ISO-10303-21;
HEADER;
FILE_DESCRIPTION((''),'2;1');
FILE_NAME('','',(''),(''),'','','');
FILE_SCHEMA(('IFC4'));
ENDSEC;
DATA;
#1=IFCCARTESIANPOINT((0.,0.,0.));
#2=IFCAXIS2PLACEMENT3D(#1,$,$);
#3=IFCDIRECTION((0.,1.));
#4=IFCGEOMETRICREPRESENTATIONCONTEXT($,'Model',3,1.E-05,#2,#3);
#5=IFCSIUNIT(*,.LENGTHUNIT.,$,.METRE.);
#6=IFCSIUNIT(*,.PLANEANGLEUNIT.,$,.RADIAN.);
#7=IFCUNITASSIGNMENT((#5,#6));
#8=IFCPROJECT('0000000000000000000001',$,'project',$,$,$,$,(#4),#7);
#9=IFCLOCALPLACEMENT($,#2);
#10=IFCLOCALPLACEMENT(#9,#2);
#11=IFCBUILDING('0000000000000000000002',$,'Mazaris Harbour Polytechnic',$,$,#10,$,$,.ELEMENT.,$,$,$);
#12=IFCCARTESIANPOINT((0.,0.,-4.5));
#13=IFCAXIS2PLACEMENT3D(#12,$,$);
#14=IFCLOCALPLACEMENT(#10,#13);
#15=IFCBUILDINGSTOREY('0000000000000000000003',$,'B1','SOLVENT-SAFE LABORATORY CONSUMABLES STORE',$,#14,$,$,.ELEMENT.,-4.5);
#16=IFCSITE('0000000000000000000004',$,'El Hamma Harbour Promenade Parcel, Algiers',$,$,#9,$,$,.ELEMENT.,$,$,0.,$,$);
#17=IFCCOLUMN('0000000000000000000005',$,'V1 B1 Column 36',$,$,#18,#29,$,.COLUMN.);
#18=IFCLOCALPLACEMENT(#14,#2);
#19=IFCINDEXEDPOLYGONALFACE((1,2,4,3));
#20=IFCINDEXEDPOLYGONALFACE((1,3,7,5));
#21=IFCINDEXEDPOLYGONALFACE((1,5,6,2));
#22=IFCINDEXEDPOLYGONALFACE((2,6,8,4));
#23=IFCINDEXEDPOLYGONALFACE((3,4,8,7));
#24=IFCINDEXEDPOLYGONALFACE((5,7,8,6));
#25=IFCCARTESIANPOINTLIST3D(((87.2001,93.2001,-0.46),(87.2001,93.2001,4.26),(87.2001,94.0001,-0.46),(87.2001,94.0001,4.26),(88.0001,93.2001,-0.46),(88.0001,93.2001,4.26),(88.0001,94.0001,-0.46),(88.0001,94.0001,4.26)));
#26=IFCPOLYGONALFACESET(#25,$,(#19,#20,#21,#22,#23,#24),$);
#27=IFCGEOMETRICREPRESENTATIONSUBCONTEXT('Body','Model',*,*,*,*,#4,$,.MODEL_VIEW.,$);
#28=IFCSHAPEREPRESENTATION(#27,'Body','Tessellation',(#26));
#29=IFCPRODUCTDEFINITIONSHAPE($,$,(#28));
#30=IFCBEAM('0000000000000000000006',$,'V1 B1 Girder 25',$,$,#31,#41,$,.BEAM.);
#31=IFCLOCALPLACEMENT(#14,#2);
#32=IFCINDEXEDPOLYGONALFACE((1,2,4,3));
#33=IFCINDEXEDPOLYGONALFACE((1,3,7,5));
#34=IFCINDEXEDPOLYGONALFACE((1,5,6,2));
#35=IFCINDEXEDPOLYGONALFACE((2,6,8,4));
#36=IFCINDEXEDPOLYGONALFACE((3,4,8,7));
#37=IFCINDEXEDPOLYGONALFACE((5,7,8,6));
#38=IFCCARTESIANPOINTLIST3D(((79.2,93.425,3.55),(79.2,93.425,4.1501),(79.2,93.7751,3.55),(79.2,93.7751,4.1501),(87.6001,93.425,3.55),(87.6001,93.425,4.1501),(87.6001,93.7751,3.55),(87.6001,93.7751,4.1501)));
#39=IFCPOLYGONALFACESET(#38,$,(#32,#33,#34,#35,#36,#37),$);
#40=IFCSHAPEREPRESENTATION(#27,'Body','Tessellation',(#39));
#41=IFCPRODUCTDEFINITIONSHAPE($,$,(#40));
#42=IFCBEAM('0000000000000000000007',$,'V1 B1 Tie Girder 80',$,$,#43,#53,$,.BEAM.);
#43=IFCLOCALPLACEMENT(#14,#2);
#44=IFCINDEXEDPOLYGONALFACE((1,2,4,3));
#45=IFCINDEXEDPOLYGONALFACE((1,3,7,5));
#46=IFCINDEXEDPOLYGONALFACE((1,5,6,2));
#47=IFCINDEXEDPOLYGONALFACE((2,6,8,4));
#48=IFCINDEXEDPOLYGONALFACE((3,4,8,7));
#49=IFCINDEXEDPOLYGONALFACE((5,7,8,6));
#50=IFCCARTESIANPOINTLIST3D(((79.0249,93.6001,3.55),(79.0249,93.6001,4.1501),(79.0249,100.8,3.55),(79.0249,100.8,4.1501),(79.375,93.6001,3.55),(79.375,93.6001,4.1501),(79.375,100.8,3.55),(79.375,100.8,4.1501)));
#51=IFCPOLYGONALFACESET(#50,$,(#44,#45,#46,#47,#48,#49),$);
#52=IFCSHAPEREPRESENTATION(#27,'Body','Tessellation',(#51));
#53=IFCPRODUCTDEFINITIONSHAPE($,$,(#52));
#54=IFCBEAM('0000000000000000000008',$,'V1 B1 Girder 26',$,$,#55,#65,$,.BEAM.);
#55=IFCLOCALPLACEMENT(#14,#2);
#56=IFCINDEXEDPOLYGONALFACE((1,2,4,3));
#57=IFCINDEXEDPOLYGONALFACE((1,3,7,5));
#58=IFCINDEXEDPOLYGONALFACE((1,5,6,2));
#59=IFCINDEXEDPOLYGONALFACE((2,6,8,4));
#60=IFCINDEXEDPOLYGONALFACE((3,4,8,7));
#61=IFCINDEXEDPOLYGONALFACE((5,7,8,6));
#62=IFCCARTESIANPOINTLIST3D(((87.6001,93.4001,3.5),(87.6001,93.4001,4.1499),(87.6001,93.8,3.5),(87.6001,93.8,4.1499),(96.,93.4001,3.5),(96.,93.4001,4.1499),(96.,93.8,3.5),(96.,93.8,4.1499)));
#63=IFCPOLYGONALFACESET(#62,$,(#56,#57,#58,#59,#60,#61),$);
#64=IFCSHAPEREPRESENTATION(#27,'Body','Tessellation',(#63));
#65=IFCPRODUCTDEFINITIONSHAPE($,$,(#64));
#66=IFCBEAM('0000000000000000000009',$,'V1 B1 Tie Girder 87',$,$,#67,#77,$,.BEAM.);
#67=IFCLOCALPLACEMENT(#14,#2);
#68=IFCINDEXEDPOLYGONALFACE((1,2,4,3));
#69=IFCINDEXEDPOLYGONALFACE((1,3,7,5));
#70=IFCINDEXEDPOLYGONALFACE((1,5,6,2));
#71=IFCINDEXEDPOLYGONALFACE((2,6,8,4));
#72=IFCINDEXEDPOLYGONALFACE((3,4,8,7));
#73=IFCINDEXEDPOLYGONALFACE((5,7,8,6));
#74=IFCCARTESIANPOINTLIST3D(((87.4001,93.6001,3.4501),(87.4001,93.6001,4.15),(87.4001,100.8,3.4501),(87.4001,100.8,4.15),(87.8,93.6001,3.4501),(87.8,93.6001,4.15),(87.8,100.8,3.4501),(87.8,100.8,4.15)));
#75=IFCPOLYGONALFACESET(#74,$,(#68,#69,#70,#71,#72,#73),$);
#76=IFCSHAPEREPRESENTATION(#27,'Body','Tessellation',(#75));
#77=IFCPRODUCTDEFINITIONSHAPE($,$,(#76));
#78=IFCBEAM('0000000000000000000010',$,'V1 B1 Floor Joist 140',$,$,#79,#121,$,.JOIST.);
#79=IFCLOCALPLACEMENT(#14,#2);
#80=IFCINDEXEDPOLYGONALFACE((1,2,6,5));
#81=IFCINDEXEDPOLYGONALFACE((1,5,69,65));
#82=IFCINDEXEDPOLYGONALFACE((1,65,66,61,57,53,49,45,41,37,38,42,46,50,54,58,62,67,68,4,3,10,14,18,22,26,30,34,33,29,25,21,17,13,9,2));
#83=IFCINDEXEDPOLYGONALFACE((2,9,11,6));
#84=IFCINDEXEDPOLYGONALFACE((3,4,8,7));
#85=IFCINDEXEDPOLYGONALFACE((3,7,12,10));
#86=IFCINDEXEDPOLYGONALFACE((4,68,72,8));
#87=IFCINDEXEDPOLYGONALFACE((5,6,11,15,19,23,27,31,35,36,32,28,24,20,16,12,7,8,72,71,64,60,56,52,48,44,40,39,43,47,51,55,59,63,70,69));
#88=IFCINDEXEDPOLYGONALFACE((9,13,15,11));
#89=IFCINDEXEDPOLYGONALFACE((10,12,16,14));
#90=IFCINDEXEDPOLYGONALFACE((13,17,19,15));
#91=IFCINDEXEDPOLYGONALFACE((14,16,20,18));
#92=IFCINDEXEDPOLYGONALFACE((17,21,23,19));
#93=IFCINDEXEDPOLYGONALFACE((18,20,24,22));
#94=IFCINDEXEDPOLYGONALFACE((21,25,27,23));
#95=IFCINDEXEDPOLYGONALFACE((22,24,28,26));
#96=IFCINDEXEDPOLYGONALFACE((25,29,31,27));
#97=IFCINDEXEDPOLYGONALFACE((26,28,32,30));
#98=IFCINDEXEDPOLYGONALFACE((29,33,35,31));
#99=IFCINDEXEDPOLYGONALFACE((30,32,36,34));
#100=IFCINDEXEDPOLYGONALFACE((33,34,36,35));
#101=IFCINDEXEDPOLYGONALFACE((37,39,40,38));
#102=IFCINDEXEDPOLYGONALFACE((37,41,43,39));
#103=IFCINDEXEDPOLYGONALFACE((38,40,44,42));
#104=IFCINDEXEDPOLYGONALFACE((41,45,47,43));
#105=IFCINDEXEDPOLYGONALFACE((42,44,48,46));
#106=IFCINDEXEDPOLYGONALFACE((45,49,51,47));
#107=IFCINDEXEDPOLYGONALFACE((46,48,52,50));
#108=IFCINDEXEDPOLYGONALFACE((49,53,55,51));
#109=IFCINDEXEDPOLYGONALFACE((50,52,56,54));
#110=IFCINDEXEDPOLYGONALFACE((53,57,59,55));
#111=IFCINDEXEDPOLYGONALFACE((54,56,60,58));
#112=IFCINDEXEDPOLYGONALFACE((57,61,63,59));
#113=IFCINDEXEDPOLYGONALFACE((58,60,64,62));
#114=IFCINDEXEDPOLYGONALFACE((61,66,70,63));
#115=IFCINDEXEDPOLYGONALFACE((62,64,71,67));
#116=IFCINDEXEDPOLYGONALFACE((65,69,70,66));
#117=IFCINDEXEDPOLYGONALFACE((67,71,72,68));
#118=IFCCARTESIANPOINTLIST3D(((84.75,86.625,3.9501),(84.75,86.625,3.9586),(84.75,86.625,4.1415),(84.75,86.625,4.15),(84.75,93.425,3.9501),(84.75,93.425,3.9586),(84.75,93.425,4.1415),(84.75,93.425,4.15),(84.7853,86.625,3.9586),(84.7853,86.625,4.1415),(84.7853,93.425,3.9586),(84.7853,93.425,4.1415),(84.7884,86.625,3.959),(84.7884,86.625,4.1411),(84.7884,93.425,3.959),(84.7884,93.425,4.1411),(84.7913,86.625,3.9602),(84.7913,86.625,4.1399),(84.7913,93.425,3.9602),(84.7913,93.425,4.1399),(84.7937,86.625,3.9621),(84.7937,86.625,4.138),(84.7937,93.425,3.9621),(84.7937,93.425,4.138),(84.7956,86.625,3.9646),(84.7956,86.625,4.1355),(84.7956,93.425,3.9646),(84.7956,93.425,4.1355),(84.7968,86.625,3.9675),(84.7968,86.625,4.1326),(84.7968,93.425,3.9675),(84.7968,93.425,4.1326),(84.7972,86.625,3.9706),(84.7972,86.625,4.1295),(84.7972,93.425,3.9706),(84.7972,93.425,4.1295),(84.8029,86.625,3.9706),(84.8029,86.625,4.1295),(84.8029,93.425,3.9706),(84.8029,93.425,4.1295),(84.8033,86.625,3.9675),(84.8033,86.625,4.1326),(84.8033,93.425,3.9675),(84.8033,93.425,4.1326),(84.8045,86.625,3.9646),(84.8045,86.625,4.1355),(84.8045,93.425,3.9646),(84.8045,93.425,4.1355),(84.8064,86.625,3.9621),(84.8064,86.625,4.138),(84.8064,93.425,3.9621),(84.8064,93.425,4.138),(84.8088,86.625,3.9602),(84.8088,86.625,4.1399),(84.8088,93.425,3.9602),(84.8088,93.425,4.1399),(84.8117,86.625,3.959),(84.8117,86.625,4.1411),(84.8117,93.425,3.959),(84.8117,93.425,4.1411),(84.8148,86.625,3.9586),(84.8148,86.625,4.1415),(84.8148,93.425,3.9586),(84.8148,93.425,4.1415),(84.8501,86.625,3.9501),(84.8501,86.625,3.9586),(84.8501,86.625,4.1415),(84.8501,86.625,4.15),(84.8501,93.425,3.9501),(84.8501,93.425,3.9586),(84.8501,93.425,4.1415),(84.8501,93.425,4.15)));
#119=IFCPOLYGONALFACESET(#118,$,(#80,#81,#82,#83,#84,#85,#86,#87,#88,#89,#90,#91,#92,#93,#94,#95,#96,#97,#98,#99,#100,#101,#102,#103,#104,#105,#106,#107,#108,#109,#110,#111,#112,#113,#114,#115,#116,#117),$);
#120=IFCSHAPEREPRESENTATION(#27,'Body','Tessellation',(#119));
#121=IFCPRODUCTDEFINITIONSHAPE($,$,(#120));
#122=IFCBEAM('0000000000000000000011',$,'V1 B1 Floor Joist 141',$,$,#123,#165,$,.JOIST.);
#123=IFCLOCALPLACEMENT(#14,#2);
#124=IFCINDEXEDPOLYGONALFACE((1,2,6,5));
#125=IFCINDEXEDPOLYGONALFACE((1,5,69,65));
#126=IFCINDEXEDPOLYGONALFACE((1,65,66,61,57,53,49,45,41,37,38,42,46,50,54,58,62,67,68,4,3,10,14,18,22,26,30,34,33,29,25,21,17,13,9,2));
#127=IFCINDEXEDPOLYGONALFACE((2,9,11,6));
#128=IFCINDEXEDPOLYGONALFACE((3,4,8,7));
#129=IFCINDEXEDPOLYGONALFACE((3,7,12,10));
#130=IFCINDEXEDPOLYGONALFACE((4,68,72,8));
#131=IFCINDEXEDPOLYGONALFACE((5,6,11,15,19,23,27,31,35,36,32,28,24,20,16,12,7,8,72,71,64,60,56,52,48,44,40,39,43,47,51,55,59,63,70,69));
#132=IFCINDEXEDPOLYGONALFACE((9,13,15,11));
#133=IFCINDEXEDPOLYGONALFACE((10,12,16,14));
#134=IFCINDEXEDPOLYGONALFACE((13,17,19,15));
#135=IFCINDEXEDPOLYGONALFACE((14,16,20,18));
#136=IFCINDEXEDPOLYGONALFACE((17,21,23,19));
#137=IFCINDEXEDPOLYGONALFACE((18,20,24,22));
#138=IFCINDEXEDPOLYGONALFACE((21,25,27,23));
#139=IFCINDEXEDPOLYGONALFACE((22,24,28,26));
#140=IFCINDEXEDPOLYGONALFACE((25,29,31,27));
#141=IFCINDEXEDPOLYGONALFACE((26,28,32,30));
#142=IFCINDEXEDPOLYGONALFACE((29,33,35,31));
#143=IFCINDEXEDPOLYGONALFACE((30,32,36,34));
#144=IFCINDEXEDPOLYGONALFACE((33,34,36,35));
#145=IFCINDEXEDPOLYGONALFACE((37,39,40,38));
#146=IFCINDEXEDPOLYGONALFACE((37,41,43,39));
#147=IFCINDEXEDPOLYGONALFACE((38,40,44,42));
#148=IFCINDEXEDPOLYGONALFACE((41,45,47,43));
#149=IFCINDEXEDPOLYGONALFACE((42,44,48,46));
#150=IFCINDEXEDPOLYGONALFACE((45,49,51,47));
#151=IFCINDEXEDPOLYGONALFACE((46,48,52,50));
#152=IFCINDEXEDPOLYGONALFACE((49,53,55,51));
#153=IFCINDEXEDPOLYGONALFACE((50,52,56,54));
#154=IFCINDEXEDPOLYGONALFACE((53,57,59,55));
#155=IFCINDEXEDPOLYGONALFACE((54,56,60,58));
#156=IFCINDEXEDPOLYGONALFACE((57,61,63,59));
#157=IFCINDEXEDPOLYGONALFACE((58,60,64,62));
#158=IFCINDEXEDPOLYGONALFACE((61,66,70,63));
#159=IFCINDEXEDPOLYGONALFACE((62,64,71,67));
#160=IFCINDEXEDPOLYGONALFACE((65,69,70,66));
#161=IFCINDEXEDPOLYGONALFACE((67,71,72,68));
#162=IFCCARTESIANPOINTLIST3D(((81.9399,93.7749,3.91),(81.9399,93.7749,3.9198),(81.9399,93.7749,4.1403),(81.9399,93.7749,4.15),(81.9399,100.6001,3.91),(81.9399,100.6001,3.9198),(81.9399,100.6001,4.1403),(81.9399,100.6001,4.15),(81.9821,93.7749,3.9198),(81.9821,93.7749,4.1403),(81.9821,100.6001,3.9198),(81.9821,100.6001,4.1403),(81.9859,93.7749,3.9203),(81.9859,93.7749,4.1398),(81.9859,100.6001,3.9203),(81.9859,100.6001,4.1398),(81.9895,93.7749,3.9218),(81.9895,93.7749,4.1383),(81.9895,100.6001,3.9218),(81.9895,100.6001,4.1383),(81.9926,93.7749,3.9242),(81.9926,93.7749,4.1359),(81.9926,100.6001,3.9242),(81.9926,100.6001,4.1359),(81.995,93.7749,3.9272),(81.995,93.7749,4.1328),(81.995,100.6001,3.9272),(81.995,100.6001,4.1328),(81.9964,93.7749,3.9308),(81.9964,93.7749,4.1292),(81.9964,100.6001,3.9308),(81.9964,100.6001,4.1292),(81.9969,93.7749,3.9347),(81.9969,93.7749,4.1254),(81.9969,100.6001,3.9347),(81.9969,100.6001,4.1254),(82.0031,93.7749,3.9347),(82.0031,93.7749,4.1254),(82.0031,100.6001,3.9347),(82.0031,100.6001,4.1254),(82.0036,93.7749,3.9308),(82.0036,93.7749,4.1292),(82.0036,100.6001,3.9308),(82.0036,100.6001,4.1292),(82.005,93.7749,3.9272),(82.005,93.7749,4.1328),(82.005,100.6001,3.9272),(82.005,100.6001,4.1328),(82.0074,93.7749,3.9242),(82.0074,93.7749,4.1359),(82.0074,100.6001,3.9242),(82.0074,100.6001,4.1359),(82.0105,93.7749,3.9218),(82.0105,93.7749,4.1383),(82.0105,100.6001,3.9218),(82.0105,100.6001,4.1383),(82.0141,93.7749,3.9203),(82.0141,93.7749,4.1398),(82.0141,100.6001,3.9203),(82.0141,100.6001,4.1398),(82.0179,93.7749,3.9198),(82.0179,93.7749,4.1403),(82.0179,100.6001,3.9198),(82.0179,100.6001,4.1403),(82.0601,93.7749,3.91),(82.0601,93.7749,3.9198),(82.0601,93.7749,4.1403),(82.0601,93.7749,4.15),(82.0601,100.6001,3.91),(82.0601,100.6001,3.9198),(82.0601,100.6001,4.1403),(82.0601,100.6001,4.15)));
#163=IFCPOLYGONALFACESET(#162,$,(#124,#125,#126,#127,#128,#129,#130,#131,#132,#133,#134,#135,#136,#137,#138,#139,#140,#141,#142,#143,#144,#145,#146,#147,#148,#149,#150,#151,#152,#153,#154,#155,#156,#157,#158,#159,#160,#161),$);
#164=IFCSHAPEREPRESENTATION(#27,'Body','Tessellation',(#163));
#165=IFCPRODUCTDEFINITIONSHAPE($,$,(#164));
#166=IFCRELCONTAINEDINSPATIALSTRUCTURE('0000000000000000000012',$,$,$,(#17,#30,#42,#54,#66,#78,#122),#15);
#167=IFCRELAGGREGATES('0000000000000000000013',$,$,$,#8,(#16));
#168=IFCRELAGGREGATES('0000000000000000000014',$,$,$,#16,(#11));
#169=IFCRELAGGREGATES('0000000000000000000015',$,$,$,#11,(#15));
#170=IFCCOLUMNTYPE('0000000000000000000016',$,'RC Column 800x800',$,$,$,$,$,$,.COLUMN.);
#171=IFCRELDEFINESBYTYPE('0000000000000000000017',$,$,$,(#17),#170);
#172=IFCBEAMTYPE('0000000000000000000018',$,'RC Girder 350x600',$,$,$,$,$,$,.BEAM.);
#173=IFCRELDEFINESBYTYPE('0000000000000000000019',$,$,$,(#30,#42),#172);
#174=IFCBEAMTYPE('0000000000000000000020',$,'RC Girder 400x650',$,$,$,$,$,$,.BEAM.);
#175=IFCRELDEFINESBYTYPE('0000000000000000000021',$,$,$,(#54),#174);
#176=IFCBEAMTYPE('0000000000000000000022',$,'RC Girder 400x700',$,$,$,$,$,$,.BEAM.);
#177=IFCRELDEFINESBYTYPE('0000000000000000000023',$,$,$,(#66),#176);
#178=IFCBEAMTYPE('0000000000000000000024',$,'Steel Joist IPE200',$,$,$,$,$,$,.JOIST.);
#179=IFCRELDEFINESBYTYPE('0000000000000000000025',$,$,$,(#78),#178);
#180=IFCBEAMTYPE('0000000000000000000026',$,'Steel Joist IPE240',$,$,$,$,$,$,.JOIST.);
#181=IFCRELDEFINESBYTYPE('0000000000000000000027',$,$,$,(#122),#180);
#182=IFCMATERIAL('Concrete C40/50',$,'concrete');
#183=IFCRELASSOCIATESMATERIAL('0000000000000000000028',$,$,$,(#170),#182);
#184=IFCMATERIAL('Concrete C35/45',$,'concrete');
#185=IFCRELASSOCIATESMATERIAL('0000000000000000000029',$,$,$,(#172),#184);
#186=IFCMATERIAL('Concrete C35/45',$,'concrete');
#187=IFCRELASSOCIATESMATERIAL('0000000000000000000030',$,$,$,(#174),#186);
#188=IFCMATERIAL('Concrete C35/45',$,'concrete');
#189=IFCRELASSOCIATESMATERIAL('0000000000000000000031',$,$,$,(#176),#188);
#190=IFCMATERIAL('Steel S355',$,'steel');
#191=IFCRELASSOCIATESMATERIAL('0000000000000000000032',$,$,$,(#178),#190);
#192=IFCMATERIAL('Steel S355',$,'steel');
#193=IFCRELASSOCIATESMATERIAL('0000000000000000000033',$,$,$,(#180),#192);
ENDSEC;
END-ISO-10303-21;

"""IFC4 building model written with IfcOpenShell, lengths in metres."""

from ifc_helpers import new_model, si_unit, direction, frame, origin, origin_2d, place, context, subcontext, project, spatial, rectangle, i_section, extrude, material, material_profile, profile_set, type_object, element, save


model = new_model("IFC4")

# Units and contexts
model_context = context("Model", 3, precision=1e-05, world=origin(), true_north=direction((0.0, 1.0)))
body_context = subcontext(model_context, "Body", "Model", "MODEL_VIEW")
ifc_project = project(units=[si_unit("LENGTHUNIT", "METRE"), si_unit("PLANEANGLEUNIT", "RADIAN")], contexts=[model_context])

# Site, building, storey
site_placement = place(None, origin())
site = spatial("IfcSite", under=ifc_project, at=site_placement, Name="El Hamma Harbour Promenade Parcel, Algiers", CompositionType="ELEMENT", RefElevation=0.0)
building_placement = place(site_placement, origin())
building = spatial("IfcBuilding", under=site, at=building_placement, Name="Mazaris Harbour Polytechnic", CompositionType="ELEMENT")
storey_placement = place(building_placement, frame((0.0, 0.0, -4.5)))
storey = spatial("IfcBuildingStorey", under=building, at=storey_placement, Name="B1", Description="SOLVENT-SAFE LABORATORY CONSUMABLES STORE", CompositionType="ELEMENT", Elevation=-4.5)

# Column
ifc_material_1 = material(Name="Concrete C40/50", Category="concrete")
ifc_material_profile_1 = material_profile(ifc_material_1, rectangle(XDim=0.8, YDim=0.8, at=origin_2d()), Name="RECT800x800")
ifc_profile_set_1 = profile_set([ifc_material_profile_1], Name="Concrete C40/50")
column_type_1 = type_object("IfcColumnType", Name="RC Column 800x800", PredefinedType="COLUMN", material=ifc_profile_set_1)
column_1_placement = place(storey_placement, frame((87.6001, 93.6001, -0.46), z_axis=(0.0, 0.0, 1.0), x_axis=(1.0, 0.0, 0.0)))
element("IfcColumn", 1, at=column_1_placement, inside=storey, type_object=column_type_1, Name="V1 B1 Column 36", PredefinedType="COLUMN", context=body_context, shape_type="SweptSolid", body=[
    extrude(rectangle(XDim=0.8, YDim=0.8, at=origin_2d()), origin(), (0.0, 0.0, 1.0), 4.72),
])

# Beams
ifc_material_2 = material(Name="Concrete C35/45", Category="concrete")
ifc_material_profile_2 = material_profile(ifc_material_2, rectangle(XDim=0.3501, YDim=0.6001, at=origin_2d()), Name="RECT350x600")
ifc_profile_set_2 = profile_set([ifc_material_profile_2], Name="Concrete C35/45")
beam_type_1 = type_object("IfcBeamType", Name="RC Girder 350x600", PredefinedType="BEAM", material=ifc_profile_set_2)
beam_1_placement = place(storey_placement, frame((79.2, 93.6001, 3.8501), z_axis=(1.0, 0.0, 0.0), x_axis=(0.0, 1.0, 0.0)))
element("IfcBeam", 2, at=beam_1_placement, inside=storey, type_object=beam_type_1, Name="V1 B1 Girder 25", PredefinedType="BEAM", context=body_context, shape_type="SweptSolid", body=[
    extrude(rectangle(XDim=0.3501, YDim=0.6001, at=origin_2d()), origin(), (0.0, 0.0, 1.0), 8.4001),
])
beam_2_placement = place(storey_placement, frame((79.2, 93.6001, 3.8501), z_axis=(0.0, 1.0, 0.0), x_axis=(-1.0, 0.0, 0.0)))
element("IfcBeam", 3, at=beam_2_placement, inside=storey, type_object=beam_type_1, Name="V1 B1 Tie Girder 80", PredefinedType="BEAM", context=body_context, shape_type="SweptSolid", body=[
    extrude(rectangle(XDim=0.3501, YDim=0.6001, at=origin_2d()), origin(), (0.0, 0.0, 1.0), 7.2),
])
ifc_material_3 = material(Name="Concrete C35/45", Category="concrete")
ifc_material_profile_3 = material_profile(ifc_material_3, rectangle(XDim=0.3999, YDim=0.6499, at=origin_2d()), Name="RECT400x650")
ifc_profile_set_3 = profile_set([ifc_material_profile_3], Name="Concrete C35/45")
beam_type_2 = type_object("IfcBeamType", Name="RC Girder 400x650", PredefinedType="BEAM", material=ifc_profile_set_3)
beam_3_placement = place(storey_placement, frame((87.6001, 93.6001, 3.825), z_axis=(1.0, 0.0, 0.0), x_axis=(0.0, 1.0, 0.0)))
element("IfcBeam", 4, at=beam_3_placement, inside=storey, type_object=beam_type_2, Name="V1 B1 Girder 26", PredefinedType="BEAM", context=body_context, shape_type="SweptSolid", body=[
    extrude(rectangle(XDim=0.3999, YDim=0.6499, at=origin_2d()), origin(), (0.0, 0.0, 1.0), 8.3999),
])
ifc_material_4 = material(Name="Concrete C35/45", Category="concrete")
ifc_material_profile_4 = material_profile(ifc_material_4, rectangle(XDim=0.3999, YDim=0.7, at=origin_2d()), Name="RECT400x700")
ifc_profile_set_4 = profile_set([ifc_material_profile_4], Name="Concrete C35/45")
beam_type_3 = type_object("IfcBeamType", Name="RC Girder 400x700", PredefinedType="BEAM", material=ifc_profile_set_4)
beam_4_placement = place(storey_placement, frame((87.6001, 93.6001, 3.8), z_axis=(0.0, 1.0, 0.0), x_axis=(-1.0, 0.0, 0.0)))
element("IfcBeam", 5, at=beam_4_placement, inside=storey, type_object=beam_type_3, Name="V1 B1 Tie Girder 87", PredefinedType="BEAM", context=body_context, shape_type="SweptSolid", body=[
    extrude(rectangle(XDim=0.3999, YDim=0.7, at=origin_2d()), origin(), (0.0, 0.0, 1.0), 7.2),
])
ifc_material_5 = material(Name="Steel S355", Category="steel")
ifc_material_profile_5 = material_profile(ifc_material_5, i_section(OverallWidth=0.1001, OverallDepth=0.2, WebThickness=0.0056, FlangeThickness=0.0085, FilletRadius=0.012, at=origin_2d()), Name="IPE 200")
ifc_profile_set_5 = profile_set([ifc_material_profile_5], Name="Steel S355")
beam_type_4 = type_object("IfcBeamType", Name="Steel Joist IPE200", PredefinedType="JOIST", material=ifc_profile_set_5)
beam_5_placement = place(storey_placement, frame((84.8, 86.625, 4.05), z_axis=(0.0, 1.0, 0.0), x_axis=(-1.0, 0.0, 0.0)))
element("IfcBeam", 6, at=beam_5_placement, inside=storey, type_object=beam_type_4, Name="V1 B1 Floor Joist 140", PredefinedType="JOIST", context=body_context, shape_type="SweptSolid", body=[
    extrude(i_section(OverallWidth=0.1001, OverallDepth=0.2, WebThickness=0.0056, FlangeThickness=0.0085, FilletRadius=0.012, at=origin_2d()), origin(), (0.0, 0.0, 1.0), 6.8),
])
ifc_material_6 = material(Name="Steel S355", Category="steel")
ifc_material_profile_6 = material_profile(ifc_material_6, i_section(OverallWidth=0.1201, OverallDepth=0.24, WebThickness=0.0061, FlangeThickness=0.0098, FilletRadius=0.0149, at=origin_2d()), Name="IPE 240")
ifc_profile_set_6 = profile_set([ifc_material_profile_6], Name="Steel S355")
beam_type_5 = type_object("IfcBeamType", Name="Steel Joist IPE240", PredefinedType="JOIST", material=ifc_profile_set_6)
beam_6_placement = place(storey_placement, frame((82.0, 93.7749, 4.03), z_axis=(0.0, 1.0, 0.0), x_axis=(-1.0, 0.0, 0.0)))
element("IfcBeam", 7, at=beam_6_placement, inside=storey, type_object=beam_type_5, Name="V1 B1 Floor Joist 141", PredefinedType="JOIST", context=body_context, shape_type="SweptSolid", body=[
    extrude(i_section(OverallWidth=0.1201, OverallDepth=0.24, WebThickness=0.0061, FlangeThickness=0.0098, FilletRadius=0.0149, at=origin_2d()), origin(), (0.0, 0.0, 1.0), 6.8252),
])

save(model, "model.ifc")
